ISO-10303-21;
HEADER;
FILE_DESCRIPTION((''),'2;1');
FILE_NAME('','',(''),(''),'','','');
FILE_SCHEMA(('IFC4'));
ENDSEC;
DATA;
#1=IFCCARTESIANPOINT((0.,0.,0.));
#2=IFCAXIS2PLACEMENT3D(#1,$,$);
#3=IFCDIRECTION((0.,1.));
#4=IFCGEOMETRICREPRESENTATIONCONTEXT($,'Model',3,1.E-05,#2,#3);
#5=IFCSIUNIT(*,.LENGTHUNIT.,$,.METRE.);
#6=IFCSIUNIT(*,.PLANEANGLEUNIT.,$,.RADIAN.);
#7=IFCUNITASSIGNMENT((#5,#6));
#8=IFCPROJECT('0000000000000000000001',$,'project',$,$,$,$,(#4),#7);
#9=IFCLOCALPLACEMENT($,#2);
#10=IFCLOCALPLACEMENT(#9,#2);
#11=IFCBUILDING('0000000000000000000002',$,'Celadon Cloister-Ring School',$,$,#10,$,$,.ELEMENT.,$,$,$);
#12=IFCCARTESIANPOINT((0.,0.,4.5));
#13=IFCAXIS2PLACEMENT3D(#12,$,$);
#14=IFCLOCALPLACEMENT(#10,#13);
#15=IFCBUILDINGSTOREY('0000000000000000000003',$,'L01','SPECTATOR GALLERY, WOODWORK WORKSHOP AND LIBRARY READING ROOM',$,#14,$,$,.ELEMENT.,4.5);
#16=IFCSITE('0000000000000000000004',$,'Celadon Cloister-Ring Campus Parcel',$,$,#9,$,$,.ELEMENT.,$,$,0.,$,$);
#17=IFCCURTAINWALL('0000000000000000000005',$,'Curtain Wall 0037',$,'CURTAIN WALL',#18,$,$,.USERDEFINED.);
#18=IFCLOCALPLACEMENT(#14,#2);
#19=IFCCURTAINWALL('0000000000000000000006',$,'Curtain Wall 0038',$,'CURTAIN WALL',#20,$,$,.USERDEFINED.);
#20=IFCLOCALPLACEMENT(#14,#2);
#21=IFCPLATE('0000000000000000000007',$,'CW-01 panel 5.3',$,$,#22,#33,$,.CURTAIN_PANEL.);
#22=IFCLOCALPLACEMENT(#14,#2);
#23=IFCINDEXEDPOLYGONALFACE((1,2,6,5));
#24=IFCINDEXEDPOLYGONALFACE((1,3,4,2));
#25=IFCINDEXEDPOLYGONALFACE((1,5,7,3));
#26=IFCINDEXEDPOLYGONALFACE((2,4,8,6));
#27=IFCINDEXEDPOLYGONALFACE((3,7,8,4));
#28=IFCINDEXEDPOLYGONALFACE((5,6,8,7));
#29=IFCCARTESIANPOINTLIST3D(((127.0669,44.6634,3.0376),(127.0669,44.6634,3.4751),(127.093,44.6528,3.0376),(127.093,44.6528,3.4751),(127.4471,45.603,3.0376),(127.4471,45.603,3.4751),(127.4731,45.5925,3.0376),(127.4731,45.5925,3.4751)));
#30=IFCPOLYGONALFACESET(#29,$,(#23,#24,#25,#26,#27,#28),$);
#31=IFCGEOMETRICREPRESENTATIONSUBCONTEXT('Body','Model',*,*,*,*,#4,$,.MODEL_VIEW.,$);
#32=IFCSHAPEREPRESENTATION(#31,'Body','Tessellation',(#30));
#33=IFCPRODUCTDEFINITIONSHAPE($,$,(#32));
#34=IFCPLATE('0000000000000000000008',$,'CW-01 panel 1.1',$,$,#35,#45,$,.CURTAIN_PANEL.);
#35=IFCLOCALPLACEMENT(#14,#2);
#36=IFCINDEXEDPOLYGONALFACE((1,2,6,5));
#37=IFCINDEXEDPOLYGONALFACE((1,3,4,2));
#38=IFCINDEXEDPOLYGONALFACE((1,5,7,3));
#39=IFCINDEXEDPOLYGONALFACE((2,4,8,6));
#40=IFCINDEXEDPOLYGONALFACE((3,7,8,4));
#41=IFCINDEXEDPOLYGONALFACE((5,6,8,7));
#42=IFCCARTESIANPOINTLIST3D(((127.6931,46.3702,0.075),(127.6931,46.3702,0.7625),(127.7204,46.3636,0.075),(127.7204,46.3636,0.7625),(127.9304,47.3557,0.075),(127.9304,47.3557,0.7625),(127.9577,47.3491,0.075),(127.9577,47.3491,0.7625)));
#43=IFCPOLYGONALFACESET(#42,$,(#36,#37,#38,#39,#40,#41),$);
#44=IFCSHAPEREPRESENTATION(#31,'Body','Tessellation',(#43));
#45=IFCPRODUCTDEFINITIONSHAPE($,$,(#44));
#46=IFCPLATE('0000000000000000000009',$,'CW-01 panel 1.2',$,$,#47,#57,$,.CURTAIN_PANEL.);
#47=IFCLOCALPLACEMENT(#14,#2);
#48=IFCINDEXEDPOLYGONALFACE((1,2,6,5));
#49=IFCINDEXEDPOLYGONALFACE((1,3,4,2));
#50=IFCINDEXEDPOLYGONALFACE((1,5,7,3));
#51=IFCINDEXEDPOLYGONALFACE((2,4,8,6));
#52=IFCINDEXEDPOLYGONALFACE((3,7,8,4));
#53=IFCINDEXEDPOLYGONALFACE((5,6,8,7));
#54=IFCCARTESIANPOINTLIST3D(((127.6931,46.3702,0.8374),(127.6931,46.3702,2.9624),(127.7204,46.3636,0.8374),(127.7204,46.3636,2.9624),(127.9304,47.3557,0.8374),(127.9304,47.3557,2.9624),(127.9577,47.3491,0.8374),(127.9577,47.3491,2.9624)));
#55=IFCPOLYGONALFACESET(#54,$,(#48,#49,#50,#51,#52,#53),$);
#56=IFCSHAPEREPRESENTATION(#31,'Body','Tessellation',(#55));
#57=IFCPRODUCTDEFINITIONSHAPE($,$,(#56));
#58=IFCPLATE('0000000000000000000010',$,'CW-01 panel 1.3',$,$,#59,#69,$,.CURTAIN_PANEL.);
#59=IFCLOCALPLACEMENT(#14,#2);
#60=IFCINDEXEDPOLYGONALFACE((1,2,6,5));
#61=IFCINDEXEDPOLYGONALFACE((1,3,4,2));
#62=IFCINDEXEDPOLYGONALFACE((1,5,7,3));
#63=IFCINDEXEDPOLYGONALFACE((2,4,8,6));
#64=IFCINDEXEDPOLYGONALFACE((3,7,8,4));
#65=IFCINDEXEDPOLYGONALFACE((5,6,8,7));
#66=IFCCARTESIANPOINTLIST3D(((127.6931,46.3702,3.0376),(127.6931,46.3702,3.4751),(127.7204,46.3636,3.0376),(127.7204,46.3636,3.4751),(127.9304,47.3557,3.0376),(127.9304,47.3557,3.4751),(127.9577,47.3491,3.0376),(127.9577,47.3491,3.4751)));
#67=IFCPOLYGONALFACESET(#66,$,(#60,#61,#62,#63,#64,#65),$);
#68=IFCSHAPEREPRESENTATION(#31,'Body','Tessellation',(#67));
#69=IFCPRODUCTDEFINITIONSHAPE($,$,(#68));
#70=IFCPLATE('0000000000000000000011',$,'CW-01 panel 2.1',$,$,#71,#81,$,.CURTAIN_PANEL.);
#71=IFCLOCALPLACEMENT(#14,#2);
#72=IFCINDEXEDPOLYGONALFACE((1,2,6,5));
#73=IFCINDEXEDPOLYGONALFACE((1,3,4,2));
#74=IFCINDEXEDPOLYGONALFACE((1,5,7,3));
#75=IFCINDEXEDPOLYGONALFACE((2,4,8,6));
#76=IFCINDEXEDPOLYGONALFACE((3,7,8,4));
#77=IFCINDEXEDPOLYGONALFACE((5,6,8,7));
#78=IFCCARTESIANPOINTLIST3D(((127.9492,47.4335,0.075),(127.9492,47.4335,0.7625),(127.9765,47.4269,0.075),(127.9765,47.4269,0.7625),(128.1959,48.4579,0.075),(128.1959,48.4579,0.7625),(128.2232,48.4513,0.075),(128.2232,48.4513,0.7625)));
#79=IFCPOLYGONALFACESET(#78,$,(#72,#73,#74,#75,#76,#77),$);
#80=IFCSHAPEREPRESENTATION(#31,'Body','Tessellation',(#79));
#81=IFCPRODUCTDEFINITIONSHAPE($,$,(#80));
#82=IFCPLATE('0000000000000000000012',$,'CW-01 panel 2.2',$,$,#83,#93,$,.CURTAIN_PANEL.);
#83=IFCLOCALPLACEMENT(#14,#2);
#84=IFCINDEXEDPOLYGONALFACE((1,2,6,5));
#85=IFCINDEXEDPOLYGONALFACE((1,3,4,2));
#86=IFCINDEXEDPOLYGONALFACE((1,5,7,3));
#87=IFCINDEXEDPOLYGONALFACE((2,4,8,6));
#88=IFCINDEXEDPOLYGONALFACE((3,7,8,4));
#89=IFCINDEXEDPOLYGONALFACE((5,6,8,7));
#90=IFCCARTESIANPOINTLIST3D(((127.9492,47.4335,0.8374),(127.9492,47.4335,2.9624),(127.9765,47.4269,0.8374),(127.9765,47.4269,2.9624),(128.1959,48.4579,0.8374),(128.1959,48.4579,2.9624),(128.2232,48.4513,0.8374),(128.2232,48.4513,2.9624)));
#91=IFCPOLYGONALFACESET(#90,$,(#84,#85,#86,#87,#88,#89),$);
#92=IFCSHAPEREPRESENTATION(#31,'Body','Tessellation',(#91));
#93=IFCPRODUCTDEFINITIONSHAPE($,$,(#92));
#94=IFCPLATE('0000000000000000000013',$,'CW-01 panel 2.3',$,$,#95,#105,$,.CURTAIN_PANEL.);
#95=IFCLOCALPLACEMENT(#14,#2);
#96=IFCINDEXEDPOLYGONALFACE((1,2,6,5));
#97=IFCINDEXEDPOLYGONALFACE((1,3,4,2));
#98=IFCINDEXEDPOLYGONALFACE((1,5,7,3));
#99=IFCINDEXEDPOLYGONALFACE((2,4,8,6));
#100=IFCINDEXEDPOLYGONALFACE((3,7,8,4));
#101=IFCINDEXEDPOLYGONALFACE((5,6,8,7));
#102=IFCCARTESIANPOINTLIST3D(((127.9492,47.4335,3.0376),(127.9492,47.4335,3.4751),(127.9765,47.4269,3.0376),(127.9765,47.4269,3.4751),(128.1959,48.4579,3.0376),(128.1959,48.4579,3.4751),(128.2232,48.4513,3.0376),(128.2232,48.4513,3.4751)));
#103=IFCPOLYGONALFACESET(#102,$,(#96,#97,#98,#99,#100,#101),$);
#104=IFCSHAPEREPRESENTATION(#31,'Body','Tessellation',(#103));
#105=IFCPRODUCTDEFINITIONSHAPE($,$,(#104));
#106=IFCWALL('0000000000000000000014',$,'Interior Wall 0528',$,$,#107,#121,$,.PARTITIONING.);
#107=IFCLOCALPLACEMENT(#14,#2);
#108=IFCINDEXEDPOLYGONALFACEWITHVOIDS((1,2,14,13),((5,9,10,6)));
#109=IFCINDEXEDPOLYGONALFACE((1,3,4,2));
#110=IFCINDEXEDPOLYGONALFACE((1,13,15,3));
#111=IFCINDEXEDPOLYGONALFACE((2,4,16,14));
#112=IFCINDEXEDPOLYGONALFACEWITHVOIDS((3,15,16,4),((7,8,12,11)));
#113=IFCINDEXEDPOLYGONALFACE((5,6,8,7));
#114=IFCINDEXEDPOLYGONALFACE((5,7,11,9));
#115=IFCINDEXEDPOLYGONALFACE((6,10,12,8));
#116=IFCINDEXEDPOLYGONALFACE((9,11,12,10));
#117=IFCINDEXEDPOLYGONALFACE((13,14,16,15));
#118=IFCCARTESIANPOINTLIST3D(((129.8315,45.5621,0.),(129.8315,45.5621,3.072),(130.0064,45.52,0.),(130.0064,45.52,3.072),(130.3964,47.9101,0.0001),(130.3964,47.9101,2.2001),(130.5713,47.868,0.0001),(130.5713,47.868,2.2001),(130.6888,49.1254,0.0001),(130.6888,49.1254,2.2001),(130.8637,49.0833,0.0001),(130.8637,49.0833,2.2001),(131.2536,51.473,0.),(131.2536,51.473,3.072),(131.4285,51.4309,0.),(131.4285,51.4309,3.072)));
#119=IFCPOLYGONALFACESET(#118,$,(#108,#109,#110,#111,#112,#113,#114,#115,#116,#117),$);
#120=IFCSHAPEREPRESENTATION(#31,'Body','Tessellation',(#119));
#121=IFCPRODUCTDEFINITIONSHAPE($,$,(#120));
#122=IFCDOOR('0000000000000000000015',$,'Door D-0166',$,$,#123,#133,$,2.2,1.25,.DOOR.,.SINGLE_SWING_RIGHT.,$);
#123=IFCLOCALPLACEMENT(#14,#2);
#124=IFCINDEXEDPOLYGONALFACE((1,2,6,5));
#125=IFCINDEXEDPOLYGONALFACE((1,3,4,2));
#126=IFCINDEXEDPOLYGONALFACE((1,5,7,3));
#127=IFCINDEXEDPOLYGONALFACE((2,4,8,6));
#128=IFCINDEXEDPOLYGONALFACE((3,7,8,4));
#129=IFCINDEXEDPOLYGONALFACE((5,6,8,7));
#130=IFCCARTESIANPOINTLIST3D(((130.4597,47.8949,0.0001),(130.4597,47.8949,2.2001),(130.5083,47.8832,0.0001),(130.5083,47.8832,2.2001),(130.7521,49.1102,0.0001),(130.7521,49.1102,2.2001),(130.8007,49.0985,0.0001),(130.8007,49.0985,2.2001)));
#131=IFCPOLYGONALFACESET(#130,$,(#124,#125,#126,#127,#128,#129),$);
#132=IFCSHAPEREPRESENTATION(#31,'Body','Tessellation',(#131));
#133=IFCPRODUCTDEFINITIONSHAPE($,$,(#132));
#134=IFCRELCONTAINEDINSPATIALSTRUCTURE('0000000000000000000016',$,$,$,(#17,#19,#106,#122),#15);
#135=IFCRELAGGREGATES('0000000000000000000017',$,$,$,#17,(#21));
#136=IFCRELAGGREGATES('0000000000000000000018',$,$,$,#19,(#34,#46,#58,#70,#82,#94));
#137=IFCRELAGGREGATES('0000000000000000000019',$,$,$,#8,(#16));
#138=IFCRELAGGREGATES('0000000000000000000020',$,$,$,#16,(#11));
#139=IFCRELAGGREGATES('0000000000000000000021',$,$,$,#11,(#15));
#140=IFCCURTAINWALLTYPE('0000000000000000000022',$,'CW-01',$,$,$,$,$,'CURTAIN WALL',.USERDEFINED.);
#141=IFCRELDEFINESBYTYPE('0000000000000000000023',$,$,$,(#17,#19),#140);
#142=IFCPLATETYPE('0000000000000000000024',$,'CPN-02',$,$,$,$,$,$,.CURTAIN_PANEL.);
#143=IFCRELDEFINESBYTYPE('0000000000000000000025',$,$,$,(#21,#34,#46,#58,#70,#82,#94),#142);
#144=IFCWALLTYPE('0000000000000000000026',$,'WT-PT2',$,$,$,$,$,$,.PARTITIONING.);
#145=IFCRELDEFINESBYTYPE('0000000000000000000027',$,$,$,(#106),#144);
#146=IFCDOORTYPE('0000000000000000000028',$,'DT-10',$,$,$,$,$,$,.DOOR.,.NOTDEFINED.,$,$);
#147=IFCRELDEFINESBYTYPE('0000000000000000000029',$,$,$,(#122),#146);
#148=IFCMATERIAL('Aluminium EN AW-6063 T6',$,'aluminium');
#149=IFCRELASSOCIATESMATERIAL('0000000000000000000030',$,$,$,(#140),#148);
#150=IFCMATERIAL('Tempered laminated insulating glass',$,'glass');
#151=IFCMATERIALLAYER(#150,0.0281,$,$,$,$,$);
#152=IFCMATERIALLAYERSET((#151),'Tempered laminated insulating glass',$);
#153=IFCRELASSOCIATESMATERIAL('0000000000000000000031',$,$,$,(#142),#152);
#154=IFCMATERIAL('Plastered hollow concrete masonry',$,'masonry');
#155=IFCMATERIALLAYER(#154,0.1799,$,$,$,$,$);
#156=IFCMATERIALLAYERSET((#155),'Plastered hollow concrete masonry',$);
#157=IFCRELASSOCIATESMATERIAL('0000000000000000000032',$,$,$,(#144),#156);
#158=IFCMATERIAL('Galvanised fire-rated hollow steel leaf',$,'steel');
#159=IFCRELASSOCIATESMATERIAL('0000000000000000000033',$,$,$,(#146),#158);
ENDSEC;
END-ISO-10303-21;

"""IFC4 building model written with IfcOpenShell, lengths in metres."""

from ifc_helpers import new_model, si_unit, direction, frame, frame_2d, origin, origin_2d, place, context, subcontext, project, spatial, rectangle, extrude, material, layer, layer_set, type_object, element, fill, aggregate, save


model = new_model("IFC4")

# Units and contexts
model_context = context("Model", 3, precision=1e-05, world=origin(), true_north=direction((0.0, 1.0)))
body_context = subcontext(model_context, "Body", "Model", "MODEL_VIEW")
ifc_project = project(units=[si_unit("LENGTHUNIT", "METRE"), si_unit("PLANEANGLEUNIT", "RADIAN")], contexts=[model_context])

# Site, building, storey
site_placement = place(None, origin())
site = spatial("IfcSite", under=ifc_project, at=site_placement, Name="Celadon Cloister-Ring Campus Parcel", CompositionType="ELEMENT", RefElevation=0.0)
building_placement = place(site_placement, origin())
building = spatial("IfcBuilding", under=site, at=building_placement, Name="Celadon Cloister-Ring School", CompositionType="ELEMENT")
storey_placement = place(building_placement, frame((0.0, 0.0, 4.5)))
storey = spatial("IfcBuildingStorey", under=building, at=storey_placement, Name="L01", Description="SPECTATOR GALLERY, WOODWORK WORKSHOP AND LIBRARY READING ROOM", CompositionType="ELEMENT", Elevation=4.5)

# Curtain wall
ifc_material_1 = material(Name="Aluminium EN AW-6063 T6", Category="aluminium")
curtain_wall_type = type_object("IfcCurtainWallType", Name="CW-01", ElementType="CURTAIN WALL", PredefinedType="USERDEFINED", material=ifc_material_1)
curtain_wall_1_placement = place(storey_placement, origin())
curtain_wall_1 = element("IfcCurtainWall", 1, at=curtain_wall_1_placement, inside=storey, type_object=curtain_wall_type, Name="Curtain Wall 0037", ObjectType="CURTAIN WALL", PredefinedType="USERDEFINED")

# Curtain wall
curtain_wall_2_placement = place(storey_placement, origin())
curtain_wall_2 = element("IfcCurtainWall", 2, at=curtain_wall_2_placement, inside=storey, type_object=curtain_wall_type, Name="Curtain Wall 0038", ObjectType="CURTAIN WALL", PredefinedType="USERDEFINED")

# Plates
ifc_material_2 = material(Name="Tempered laminated insulating glass", Category="glass")
ifc_layer_1 = layer(ifc_material_2, 0.0281)
ifc_layer_set_1 = layer_set([ifc_layer_1], Name="Tempered laminated insulating glass")
plate_type = type_object("IfcPlateType", Name="CPN-02", PredefinedType="CURTAIN_PANEL", material=ifc_layer_set_1)
plate_1_placement = place(storey_placement, frame((127.27, 45.1279, 3.0376), z_axis=(0.0, 0.0, 1.0), x_axis=(0.375038, 0.92701, 0.0)))
plate_1 = element("IfcPlate", 3, at=plate_1_placement, type_object=plate_type, Name="CW-01 panel 5.3", PredefinedType="CURTAIN_PANEL", context=body_context, shape_type="SweptSolid", body=[
    extrude(rectangle(XDim=1.0137, YDim=0.0281, at=origin_2d()), origin(), (0.0, 0.0, 1.0), 0.4375),
])
aggregate(curtain_wall_1, [plate_1])
plate_2_placement = place(storey_placement, frame((127.8254, 46.8596, 0.075), z_axis=(0.0, 0.0, 1.0), x_axis=(0.2341, 0.972212, 0.0)))
plate_2 = element("IfcPlate", 4, at=plate_2_placement, type_object=plate_type, Name="CW-01 panel 1.1", PredefinedType="CURTAIN_PANEL", context=body_context, shape_type="SweptSolid", body=[
    extrude(rectangle(XDim=1.0137, YDim=0.0281, at=origin_2d()), origin(), (0.0, 0.0, 1.0), 0.6875),
])
plate_3_placement = place(storey_placement, frame((127.8254, 46.8596, 0.8374), z_axis=(0.0, 0.0, 1.0), x_axis=(0.2341, 0.972212, 0.0)))
plate_3 = element("IfcPlate", 5, at=plate_3_placement, type_object=plate_type, Name="CW-01 panel 1.2", PredefinedType="CURTAIN_PANEL", context=body_context, shape_type="SweptSolid", body=[
    extrude(rectangle(XDim=1.0137, YDim=0.0281, at=origin_2d()), origin(), (0.0, 0.0, 1.0), 2.125),
])
plate_4_placement = place(storey_placement, frame((127.8254, 46.8596, 3.0376), z_axis=(0.0, 0.0, 1.0), x_axis=(0.2341, 0.972212, 0.0)))
plate_4 = element("IfcPlate", 6, at=plate_4_placement, type_object=plate_type, Name="CW-01 panel 1.3", PredefinedType="CURTAIN_PANEL", context=body_context, shape_type="SweptSolid", body=[
    extrude(rectangle(XDim=1.0137, YDim=0.0281, at=origin_2d()), origin(), (0.0, 0.0, 1.0), 0.4375),
])
plate_5_placement = place(storey_placement, frame((128.0862, 47.9424, 0.075), z_axis=(0.0, 0.0, 1.0), x_axis=(0.2341, 0.972212, 0.0)))
plate_5 = element("IfcPlate", 7, at=plate_5_placement, type_object=plate_type, Name="CW-01 panel 2.1", PredefinedType="CURTAIN_PANEL", context=body_context, shape_type="SweptSolid", body=[
    extrude(rectangle(XDim=1.0537, YDim=0.0281, at=origin_2d()), origin(), (0.0, 0.0, 1.0), 0.6875),
])
plate_6_placement = place(storey_placement, frame((128.0862, 47.9424, 0.8374), z_axis=(0.0, 0.0, 1.0), x_axis=(0.2341, 0.972212, 0.0)))
plate_6 = element("IfcPlate", 8, at=plate_6_placement, type_object=plate_type, Name="CW-01 panel 2.2", PredefinedType="CURTAIN_PANEL", context=body_context, shape_type="SweptSolid", body=[
    extrude(rectangle(XDim=1.0537, YDim=0.0281, at=origin_2d()), origin(), (0.0, 0.0, 1.0), 2.125),
])
plate_7_placement = place(storey_placement, frame((128.0862, 47.9424, 3.0376), z_axis=(0.0, 0.0, 1.0), x_axis=(0.2341, 0.972212, 0.0)))
plate_7 = element("IfcPlate", 9, at=plate_7_placement, type_object=plate_type, Name="CW-01 panel 2.3", PredefinedType="CURTAIN_PANEL", context=body_context, shape_type="SweptSolid", body=[
    extrude(rectangle(XDim=1.0537, YDim=0.0281, at=origin_2d()), origin(), (0.0, 0.0, 1.0), 0.4375),
])
aggregate(curtain_wall_2, [plate_2, plate_3, plate_4, plate_5, plate_6, plate_7])

# Wall, opening, door
ifc_material_3 = material(Name="Plastered hollow concrete masonry", Category="masonry")
ifc_layer_2 = layer(ifc_material_3, 0.1799)
ifc_layer_set_2 = layer_set([ifc_layer_2], Name="Plastered hollow concrete masonry")
wall_type = type_object("IfcWallType", Name="WT-PT2", PredefinedType="PARTITIONING", material=ifc_layer_set_2)
wall_placement = place(storey_placement, frame((129.9189, 45.541, 0.0), z_axis=(0.0, 0.0, 1.0), x_axis=(0.233918, 0.972256, 0.0)))
wall = element("IfcWall", 10, at=wall_placement, inside=storey, type_object=wall_type, Name="Interior Wall 0528", PredefinedType="PARTITIONING", context=body_context, shape_type="SweptSolid", body=[
    extrude(rectangle(XDim=6.0796, YDim=0.1799, at=frame_2d((3.0398, 0.0))), origin(), (0.0, 0.0, 1.0), 3.072),
])
opening_placement = place(wall_placement, frame((2.415, 0.0, 0.0)))
opening = element("IfcOpeningElement", 11, at=opening_placement, cuts=wall, PredefinedType="OPENING", context=body_context, shape_type="SweptSolid", body=[
    extrude(rectangle(XDim=1.25, YDim=2.2, at=frame_2d((0.625, 1.1001))), frame((0.0, 0.1001, 0.0), z_axis=(0.0, -1.0, 0.0), x_axis=(1.0, 0.0, 0.0)), (0.0, 0.0, 1.0), 0.2),
])
ifc_material_4 = material(Name="Galvanised fire-rated hollow steel leaf", Category="steel")
door_type = type_object("IfcDoorType", Name="DT-10", OperationType="NOTDEFINED", PredefinedType="DOOR", material=ifc_material_4)
door_placement = place(opening_placement, origin())
door = element("IfcDoor", 12, at=door_placement, inside=storey, type_object=door_type, Name="Door D-0166", OperationType="SINGLE_SWING_RIGHT", OverallHeight=2.2, OverallWidth=1.25, PredefinedType="DOOR", context=body_context, shape_type="SweptSolid", body=[
    extrude(rectangle(XDim=1.25, YDim=2.2, at=frame_2d((0.625, 1.1001))), frame((0.0, 0.0249, 0.0), z_axis=(0.0, -1.0, 0.0), x_axis=(1.0, 0.0, 0.0)), (0.0, 0.0, 1.0), 0.05),
])
fill(opening, door)

save(model, "model.ifc")
